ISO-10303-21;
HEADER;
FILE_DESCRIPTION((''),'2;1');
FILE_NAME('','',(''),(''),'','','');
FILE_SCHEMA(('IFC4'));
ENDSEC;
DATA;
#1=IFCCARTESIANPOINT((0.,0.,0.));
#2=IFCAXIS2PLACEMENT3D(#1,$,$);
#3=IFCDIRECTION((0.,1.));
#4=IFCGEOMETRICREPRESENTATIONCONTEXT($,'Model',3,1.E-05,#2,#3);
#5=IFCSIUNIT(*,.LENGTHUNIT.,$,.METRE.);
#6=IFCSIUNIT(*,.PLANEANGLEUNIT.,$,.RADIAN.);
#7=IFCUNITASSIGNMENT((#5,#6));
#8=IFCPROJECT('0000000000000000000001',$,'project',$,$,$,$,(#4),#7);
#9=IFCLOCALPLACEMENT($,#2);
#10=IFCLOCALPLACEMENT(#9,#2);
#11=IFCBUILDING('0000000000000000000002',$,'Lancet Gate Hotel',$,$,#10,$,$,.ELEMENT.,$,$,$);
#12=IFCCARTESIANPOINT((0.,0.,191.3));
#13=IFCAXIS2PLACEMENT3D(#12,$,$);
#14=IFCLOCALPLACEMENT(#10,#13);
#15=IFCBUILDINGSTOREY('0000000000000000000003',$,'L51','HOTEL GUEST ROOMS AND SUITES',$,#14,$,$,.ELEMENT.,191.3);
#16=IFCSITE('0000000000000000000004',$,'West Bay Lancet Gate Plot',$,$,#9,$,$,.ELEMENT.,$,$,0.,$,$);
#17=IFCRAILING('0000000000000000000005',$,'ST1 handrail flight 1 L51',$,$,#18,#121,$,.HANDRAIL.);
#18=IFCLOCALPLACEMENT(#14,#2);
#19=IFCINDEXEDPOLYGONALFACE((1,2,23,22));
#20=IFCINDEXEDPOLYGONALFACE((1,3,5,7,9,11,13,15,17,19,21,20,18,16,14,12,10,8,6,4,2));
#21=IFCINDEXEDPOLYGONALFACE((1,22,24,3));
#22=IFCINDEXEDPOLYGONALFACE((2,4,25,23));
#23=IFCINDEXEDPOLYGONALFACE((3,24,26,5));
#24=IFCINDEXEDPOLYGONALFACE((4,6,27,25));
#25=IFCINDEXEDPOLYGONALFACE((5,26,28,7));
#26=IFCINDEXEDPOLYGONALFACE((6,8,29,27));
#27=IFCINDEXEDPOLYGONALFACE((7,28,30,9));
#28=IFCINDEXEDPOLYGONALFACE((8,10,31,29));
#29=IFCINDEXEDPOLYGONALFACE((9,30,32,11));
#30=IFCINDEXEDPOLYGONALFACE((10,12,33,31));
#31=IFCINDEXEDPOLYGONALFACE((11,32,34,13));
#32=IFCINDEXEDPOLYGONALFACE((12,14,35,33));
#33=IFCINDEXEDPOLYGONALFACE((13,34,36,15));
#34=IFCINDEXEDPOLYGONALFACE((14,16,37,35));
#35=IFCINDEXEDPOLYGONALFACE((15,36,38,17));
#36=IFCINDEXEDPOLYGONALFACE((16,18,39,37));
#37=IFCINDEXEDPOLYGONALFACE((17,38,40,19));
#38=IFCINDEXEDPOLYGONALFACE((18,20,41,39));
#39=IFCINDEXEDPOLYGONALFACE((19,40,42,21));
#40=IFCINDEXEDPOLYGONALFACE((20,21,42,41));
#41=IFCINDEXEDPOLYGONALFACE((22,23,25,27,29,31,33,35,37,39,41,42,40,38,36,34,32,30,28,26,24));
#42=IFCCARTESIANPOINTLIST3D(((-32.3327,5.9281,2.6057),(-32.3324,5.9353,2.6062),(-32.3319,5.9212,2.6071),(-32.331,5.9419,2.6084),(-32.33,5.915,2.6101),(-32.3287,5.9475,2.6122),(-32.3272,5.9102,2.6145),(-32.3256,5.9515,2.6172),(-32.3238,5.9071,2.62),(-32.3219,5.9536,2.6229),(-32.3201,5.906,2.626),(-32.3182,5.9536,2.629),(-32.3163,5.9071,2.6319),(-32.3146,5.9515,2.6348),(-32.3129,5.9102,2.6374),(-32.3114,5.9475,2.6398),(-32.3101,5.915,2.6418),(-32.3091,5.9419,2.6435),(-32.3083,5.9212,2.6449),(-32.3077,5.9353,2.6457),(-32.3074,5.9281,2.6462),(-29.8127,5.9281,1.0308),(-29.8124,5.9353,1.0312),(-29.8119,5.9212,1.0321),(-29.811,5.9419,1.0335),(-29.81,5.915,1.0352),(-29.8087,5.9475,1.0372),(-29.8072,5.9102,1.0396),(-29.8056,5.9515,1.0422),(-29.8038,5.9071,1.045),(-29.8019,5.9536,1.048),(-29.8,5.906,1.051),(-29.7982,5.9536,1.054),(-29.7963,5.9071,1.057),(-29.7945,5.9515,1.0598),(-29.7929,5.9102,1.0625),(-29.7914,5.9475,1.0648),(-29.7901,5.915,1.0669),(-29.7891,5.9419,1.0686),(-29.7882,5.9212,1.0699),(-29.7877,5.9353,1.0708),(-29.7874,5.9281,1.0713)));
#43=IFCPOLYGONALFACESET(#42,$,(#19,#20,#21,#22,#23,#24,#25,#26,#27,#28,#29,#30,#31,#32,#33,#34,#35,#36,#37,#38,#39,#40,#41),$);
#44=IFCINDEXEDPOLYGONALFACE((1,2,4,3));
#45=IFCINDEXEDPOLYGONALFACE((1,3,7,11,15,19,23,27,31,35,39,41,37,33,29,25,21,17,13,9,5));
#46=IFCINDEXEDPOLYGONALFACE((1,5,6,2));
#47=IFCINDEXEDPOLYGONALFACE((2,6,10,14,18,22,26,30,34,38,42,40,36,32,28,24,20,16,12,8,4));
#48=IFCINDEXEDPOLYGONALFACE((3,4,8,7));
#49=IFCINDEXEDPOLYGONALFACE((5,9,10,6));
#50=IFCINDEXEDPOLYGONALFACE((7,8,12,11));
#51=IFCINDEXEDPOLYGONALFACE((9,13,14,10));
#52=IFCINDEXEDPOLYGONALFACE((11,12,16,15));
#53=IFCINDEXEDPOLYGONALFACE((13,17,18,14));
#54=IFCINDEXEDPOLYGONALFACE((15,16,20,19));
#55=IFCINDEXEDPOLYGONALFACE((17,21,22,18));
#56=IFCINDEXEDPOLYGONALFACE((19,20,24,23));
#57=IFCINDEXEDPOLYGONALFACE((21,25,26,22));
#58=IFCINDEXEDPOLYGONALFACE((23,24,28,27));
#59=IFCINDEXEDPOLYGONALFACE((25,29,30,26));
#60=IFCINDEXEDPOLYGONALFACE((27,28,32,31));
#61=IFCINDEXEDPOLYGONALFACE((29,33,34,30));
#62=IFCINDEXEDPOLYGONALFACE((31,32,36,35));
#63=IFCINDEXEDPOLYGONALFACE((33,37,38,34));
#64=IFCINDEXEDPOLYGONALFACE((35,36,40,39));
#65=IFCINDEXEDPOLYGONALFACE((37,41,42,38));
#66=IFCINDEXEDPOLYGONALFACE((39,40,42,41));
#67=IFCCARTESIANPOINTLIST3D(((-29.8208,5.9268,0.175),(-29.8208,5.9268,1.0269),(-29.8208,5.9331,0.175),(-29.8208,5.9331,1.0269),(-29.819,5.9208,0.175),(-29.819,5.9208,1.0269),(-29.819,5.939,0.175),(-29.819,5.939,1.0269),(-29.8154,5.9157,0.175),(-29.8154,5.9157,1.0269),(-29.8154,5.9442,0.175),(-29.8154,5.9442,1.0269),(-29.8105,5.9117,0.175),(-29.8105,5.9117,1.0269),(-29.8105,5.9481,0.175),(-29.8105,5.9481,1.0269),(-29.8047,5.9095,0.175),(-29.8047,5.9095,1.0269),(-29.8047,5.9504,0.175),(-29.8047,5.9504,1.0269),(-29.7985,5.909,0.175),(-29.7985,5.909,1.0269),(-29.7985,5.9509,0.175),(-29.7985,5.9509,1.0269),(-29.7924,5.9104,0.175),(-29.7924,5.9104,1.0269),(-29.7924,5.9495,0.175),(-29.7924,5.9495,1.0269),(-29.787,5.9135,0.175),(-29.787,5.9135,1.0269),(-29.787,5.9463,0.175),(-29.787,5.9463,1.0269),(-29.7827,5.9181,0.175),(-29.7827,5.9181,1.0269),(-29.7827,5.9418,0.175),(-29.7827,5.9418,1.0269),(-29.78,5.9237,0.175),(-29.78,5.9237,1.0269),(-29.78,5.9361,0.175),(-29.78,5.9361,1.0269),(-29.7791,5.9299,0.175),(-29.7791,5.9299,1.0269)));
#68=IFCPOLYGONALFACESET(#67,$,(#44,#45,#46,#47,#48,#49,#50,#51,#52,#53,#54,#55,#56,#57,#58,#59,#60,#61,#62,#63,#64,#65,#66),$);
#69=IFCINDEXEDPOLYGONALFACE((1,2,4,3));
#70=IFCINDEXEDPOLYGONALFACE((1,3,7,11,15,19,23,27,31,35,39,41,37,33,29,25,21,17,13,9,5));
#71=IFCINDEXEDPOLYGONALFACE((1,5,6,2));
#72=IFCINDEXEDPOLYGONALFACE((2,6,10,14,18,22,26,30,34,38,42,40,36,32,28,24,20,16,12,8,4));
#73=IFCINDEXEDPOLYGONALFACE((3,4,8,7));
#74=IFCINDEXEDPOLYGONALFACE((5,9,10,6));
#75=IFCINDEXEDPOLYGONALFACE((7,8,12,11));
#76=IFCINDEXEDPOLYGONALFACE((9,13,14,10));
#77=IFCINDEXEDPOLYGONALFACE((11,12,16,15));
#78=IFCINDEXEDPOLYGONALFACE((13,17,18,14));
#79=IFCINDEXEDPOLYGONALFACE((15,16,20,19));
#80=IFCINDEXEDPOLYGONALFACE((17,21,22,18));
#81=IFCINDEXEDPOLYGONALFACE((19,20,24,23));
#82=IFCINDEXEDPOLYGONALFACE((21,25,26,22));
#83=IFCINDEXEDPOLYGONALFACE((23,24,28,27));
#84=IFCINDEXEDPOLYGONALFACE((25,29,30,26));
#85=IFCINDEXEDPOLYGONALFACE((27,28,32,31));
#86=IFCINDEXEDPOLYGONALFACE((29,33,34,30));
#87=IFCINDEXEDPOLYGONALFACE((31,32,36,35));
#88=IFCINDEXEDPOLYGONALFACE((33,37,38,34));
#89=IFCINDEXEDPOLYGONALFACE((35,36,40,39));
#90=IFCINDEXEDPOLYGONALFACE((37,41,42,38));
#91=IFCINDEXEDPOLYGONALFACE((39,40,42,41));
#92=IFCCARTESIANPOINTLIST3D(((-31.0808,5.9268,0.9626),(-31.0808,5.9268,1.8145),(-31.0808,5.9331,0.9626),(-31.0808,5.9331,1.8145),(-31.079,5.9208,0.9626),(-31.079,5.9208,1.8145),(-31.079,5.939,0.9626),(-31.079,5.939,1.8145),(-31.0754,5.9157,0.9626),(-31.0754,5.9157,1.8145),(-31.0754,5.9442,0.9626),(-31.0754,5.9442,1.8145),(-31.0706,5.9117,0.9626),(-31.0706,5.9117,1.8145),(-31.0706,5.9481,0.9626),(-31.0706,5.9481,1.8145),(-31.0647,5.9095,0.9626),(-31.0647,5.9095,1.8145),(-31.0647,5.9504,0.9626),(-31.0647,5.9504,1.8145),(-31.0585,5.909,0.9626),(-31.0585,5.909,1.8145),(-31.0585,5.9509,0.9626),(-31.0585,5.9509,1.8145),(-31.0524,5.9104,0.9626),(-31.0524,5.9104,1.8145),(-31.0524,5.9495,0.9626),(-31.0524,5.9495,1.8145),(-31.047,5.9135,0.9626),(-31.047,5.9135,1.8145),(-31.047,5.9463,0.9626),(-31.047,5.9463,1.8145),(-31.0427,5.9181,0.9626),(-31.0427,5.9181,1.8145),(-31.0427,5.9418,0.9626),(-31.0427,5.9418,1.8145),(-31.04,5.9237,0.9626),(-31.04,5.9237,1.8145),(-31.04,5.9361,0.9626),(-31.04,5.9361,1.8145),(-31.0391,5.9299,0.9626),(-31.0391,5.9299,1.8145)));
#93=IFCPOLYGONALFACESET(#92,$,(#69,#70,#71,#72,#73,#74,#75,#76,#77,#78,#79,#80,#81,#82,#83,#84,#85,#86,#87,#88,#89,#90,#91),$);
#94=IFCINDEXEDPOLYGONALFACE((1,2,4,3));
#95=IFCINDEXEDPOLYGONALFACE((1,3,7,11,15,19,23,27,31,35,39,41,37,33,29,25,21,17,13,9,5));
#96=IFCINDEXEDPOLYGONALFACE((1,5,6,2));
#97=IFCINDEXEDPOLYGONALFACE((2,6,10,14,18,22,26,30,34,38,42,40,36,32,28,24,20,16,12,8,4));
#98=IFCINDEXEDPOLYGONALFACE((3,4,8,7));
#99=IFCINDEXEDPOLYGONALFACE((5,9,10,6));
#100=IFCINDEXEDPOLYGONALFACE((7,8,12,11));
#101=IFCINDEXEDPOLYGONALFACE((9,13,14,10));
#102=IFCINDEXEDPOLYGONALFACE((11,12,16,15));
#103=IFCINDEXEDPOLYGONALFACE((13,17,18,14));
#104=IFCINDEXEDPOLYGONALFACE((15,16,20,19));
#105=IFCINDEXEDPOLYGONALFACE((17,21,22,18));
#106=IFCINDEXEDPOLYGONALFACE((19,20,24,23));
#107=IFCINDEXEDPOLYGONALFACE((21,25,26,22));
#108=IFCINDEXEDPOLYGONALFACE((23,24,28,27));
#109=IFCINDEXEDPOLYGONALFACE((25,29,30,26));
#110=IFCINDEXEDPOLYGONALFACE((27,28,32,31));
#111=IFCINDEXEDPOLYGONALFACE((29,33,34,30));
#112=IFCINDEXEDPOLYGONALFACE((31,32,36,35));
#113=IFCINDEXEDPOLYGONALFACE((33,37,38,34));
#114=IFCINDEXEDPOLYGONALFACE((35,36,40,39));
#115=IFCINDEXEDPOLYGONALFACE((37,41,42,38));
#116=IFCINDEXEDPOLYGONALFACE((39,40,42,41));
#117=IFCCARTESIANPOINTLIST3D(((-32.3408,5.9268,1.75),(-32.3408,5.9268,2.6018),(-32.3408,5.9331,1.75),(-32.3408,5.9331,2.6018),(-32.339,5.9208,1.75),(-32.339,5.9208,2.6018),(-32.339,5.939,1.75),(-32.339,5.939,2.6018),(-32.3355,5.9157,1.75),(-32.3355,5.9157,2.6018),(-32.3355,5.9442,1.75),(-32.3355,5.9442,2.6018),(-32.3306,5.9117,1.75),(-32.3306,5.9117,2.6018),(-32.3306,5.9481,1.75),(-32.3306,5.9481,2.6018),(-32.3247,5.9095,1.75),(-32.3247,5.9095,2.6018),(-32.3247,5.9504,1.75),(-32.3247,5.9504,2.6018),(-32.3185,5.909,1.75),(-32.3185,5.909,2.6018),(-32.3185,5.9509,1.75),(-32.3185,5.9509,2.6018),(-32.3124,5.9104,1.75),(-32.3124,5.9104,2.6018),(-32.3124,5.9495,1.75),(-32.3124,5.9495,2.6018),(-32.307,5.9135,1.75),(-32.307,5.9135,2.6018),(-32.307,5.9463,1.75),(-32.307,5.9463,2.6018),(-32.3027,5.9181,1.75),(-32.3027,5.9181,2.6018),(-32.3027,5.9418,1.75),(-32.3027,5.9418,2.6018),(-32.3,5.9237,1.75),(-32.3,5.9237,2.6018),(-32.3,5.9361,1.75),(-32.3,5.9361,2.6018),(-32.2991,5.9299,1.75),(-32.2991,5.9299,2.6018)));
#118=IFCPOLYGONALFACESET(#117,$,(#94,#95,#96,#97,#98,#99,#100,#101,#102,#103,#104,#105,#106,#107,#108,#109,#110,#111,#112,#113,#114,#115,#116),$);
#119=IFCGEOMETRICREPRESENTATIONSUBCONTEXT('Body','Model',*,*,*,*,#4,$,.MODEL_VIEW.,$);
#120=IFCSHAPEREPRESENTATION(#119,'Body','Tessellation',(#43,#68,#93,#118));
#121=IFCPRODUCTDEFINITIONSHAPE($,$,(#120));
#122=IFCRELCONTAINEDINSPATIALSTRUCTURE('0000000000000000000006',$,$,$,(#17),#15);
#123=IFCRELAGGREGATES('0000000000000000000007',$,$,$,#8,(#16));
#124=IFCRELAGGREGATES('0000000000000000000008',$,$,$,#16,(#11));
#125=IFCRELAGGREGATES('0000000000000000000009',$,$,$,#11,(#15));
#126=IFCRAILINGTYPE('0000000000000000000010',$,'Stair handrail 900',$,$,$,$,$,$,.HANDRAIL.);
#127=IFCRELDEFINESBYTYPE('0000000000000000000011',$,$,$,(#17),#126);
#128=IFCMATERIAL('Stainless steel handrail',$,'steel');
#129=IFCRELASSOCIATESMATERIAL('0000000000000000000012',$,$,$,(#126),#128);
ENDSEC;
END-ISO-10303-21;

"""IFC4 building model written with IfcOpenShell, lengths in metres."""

from ifc_helpers import new_model, si_unit, direction, frame, origin, origin_2d, place, context, subcontext, project, spatial, circle, extrude, material, type_object, element, save


model = new_model("IFC4")

# Units and contexts
model_context = context("Model", 3, precision=1e-05, world=origin(), true_north=direction((0.0, 1.0)))
body_context = subcontext(model_context, "Body", "Model", "MODEL_VIEW")
ifc_project = project(units=[si_unit("LENGTHUNIT", "METRE"), si_unit("PLANEANGLEUNIT", "RADIAN")], contexts=[model_context])

# Site, building, storey
site_placement = place(None, origin())
site = spatial("IfcSite", under=ifc_project, at=site_placement, Name="West Bay Lancet Gate Plot", CompositionType="ELEMENT", RefElevation=0.0)
building_placement = place(site_placement, origin())
building = spatial("IfcBuilding", under=site, at=building_placement, Name="Lancet Gate Hotel", CompositionType="ELEMENT")
storey_placement = place(building_placement, frame((0.0, 0.0, 191.3)))
storey = spatial("IfcBuildingStorey", under=building, at=storey_placement, Name="L51", Description="HOTEL GUEST ROOMS AND SUITES", CompositionType="ELEMENT", Elevation=191.3)

# Railing
ifc_material_1 = material(Name="Stainless steel handrail", Category="steel")
railing_type = type_object("IfcRailingType", Name="Stair handrail 900", PredefinedType="HANDRAIL", material=ifc_material_1)
railing_1_placement = place(storey_placement, frame((-29.8, 5.9299, 0.175)))
element("IfcRailing", 1, at=railing_1_placement, inside=storey, type_object=railing_type, Name="ST1 handrail flight 1 L51", PredefinedType="HANDRAIL", context=body_context, shape_type="SweptSolid", body=[
    extrude(circle(Radius=0.0239, at=origin_2d()), frame((0.0, 0.0, 0.876), z_axis=(-0.848008, 0.0, 0.529984), x_axis=(0.0, -1.0, 0.0)), (0.0, 0.0, 1.0), 2.9717),
    extrude(circle(Radius=0.021, at=origin_2d()), origin(), (0.0, 0.0, 1.0), 0.8518),
    extrude(circle(Radius=0.021, at=origin_2d()), frame((-1.26, 0.0, 0.7876)), (0.0, 0.0, 1.0), 0.8518),
    extrude(circle(Radius=0.021, at=origin_2d()), frame((-2.52, 0.0, 1.575)), (0.0, 0.0, 1.0), 0.8518),
])

save(model, "model.ifc")
